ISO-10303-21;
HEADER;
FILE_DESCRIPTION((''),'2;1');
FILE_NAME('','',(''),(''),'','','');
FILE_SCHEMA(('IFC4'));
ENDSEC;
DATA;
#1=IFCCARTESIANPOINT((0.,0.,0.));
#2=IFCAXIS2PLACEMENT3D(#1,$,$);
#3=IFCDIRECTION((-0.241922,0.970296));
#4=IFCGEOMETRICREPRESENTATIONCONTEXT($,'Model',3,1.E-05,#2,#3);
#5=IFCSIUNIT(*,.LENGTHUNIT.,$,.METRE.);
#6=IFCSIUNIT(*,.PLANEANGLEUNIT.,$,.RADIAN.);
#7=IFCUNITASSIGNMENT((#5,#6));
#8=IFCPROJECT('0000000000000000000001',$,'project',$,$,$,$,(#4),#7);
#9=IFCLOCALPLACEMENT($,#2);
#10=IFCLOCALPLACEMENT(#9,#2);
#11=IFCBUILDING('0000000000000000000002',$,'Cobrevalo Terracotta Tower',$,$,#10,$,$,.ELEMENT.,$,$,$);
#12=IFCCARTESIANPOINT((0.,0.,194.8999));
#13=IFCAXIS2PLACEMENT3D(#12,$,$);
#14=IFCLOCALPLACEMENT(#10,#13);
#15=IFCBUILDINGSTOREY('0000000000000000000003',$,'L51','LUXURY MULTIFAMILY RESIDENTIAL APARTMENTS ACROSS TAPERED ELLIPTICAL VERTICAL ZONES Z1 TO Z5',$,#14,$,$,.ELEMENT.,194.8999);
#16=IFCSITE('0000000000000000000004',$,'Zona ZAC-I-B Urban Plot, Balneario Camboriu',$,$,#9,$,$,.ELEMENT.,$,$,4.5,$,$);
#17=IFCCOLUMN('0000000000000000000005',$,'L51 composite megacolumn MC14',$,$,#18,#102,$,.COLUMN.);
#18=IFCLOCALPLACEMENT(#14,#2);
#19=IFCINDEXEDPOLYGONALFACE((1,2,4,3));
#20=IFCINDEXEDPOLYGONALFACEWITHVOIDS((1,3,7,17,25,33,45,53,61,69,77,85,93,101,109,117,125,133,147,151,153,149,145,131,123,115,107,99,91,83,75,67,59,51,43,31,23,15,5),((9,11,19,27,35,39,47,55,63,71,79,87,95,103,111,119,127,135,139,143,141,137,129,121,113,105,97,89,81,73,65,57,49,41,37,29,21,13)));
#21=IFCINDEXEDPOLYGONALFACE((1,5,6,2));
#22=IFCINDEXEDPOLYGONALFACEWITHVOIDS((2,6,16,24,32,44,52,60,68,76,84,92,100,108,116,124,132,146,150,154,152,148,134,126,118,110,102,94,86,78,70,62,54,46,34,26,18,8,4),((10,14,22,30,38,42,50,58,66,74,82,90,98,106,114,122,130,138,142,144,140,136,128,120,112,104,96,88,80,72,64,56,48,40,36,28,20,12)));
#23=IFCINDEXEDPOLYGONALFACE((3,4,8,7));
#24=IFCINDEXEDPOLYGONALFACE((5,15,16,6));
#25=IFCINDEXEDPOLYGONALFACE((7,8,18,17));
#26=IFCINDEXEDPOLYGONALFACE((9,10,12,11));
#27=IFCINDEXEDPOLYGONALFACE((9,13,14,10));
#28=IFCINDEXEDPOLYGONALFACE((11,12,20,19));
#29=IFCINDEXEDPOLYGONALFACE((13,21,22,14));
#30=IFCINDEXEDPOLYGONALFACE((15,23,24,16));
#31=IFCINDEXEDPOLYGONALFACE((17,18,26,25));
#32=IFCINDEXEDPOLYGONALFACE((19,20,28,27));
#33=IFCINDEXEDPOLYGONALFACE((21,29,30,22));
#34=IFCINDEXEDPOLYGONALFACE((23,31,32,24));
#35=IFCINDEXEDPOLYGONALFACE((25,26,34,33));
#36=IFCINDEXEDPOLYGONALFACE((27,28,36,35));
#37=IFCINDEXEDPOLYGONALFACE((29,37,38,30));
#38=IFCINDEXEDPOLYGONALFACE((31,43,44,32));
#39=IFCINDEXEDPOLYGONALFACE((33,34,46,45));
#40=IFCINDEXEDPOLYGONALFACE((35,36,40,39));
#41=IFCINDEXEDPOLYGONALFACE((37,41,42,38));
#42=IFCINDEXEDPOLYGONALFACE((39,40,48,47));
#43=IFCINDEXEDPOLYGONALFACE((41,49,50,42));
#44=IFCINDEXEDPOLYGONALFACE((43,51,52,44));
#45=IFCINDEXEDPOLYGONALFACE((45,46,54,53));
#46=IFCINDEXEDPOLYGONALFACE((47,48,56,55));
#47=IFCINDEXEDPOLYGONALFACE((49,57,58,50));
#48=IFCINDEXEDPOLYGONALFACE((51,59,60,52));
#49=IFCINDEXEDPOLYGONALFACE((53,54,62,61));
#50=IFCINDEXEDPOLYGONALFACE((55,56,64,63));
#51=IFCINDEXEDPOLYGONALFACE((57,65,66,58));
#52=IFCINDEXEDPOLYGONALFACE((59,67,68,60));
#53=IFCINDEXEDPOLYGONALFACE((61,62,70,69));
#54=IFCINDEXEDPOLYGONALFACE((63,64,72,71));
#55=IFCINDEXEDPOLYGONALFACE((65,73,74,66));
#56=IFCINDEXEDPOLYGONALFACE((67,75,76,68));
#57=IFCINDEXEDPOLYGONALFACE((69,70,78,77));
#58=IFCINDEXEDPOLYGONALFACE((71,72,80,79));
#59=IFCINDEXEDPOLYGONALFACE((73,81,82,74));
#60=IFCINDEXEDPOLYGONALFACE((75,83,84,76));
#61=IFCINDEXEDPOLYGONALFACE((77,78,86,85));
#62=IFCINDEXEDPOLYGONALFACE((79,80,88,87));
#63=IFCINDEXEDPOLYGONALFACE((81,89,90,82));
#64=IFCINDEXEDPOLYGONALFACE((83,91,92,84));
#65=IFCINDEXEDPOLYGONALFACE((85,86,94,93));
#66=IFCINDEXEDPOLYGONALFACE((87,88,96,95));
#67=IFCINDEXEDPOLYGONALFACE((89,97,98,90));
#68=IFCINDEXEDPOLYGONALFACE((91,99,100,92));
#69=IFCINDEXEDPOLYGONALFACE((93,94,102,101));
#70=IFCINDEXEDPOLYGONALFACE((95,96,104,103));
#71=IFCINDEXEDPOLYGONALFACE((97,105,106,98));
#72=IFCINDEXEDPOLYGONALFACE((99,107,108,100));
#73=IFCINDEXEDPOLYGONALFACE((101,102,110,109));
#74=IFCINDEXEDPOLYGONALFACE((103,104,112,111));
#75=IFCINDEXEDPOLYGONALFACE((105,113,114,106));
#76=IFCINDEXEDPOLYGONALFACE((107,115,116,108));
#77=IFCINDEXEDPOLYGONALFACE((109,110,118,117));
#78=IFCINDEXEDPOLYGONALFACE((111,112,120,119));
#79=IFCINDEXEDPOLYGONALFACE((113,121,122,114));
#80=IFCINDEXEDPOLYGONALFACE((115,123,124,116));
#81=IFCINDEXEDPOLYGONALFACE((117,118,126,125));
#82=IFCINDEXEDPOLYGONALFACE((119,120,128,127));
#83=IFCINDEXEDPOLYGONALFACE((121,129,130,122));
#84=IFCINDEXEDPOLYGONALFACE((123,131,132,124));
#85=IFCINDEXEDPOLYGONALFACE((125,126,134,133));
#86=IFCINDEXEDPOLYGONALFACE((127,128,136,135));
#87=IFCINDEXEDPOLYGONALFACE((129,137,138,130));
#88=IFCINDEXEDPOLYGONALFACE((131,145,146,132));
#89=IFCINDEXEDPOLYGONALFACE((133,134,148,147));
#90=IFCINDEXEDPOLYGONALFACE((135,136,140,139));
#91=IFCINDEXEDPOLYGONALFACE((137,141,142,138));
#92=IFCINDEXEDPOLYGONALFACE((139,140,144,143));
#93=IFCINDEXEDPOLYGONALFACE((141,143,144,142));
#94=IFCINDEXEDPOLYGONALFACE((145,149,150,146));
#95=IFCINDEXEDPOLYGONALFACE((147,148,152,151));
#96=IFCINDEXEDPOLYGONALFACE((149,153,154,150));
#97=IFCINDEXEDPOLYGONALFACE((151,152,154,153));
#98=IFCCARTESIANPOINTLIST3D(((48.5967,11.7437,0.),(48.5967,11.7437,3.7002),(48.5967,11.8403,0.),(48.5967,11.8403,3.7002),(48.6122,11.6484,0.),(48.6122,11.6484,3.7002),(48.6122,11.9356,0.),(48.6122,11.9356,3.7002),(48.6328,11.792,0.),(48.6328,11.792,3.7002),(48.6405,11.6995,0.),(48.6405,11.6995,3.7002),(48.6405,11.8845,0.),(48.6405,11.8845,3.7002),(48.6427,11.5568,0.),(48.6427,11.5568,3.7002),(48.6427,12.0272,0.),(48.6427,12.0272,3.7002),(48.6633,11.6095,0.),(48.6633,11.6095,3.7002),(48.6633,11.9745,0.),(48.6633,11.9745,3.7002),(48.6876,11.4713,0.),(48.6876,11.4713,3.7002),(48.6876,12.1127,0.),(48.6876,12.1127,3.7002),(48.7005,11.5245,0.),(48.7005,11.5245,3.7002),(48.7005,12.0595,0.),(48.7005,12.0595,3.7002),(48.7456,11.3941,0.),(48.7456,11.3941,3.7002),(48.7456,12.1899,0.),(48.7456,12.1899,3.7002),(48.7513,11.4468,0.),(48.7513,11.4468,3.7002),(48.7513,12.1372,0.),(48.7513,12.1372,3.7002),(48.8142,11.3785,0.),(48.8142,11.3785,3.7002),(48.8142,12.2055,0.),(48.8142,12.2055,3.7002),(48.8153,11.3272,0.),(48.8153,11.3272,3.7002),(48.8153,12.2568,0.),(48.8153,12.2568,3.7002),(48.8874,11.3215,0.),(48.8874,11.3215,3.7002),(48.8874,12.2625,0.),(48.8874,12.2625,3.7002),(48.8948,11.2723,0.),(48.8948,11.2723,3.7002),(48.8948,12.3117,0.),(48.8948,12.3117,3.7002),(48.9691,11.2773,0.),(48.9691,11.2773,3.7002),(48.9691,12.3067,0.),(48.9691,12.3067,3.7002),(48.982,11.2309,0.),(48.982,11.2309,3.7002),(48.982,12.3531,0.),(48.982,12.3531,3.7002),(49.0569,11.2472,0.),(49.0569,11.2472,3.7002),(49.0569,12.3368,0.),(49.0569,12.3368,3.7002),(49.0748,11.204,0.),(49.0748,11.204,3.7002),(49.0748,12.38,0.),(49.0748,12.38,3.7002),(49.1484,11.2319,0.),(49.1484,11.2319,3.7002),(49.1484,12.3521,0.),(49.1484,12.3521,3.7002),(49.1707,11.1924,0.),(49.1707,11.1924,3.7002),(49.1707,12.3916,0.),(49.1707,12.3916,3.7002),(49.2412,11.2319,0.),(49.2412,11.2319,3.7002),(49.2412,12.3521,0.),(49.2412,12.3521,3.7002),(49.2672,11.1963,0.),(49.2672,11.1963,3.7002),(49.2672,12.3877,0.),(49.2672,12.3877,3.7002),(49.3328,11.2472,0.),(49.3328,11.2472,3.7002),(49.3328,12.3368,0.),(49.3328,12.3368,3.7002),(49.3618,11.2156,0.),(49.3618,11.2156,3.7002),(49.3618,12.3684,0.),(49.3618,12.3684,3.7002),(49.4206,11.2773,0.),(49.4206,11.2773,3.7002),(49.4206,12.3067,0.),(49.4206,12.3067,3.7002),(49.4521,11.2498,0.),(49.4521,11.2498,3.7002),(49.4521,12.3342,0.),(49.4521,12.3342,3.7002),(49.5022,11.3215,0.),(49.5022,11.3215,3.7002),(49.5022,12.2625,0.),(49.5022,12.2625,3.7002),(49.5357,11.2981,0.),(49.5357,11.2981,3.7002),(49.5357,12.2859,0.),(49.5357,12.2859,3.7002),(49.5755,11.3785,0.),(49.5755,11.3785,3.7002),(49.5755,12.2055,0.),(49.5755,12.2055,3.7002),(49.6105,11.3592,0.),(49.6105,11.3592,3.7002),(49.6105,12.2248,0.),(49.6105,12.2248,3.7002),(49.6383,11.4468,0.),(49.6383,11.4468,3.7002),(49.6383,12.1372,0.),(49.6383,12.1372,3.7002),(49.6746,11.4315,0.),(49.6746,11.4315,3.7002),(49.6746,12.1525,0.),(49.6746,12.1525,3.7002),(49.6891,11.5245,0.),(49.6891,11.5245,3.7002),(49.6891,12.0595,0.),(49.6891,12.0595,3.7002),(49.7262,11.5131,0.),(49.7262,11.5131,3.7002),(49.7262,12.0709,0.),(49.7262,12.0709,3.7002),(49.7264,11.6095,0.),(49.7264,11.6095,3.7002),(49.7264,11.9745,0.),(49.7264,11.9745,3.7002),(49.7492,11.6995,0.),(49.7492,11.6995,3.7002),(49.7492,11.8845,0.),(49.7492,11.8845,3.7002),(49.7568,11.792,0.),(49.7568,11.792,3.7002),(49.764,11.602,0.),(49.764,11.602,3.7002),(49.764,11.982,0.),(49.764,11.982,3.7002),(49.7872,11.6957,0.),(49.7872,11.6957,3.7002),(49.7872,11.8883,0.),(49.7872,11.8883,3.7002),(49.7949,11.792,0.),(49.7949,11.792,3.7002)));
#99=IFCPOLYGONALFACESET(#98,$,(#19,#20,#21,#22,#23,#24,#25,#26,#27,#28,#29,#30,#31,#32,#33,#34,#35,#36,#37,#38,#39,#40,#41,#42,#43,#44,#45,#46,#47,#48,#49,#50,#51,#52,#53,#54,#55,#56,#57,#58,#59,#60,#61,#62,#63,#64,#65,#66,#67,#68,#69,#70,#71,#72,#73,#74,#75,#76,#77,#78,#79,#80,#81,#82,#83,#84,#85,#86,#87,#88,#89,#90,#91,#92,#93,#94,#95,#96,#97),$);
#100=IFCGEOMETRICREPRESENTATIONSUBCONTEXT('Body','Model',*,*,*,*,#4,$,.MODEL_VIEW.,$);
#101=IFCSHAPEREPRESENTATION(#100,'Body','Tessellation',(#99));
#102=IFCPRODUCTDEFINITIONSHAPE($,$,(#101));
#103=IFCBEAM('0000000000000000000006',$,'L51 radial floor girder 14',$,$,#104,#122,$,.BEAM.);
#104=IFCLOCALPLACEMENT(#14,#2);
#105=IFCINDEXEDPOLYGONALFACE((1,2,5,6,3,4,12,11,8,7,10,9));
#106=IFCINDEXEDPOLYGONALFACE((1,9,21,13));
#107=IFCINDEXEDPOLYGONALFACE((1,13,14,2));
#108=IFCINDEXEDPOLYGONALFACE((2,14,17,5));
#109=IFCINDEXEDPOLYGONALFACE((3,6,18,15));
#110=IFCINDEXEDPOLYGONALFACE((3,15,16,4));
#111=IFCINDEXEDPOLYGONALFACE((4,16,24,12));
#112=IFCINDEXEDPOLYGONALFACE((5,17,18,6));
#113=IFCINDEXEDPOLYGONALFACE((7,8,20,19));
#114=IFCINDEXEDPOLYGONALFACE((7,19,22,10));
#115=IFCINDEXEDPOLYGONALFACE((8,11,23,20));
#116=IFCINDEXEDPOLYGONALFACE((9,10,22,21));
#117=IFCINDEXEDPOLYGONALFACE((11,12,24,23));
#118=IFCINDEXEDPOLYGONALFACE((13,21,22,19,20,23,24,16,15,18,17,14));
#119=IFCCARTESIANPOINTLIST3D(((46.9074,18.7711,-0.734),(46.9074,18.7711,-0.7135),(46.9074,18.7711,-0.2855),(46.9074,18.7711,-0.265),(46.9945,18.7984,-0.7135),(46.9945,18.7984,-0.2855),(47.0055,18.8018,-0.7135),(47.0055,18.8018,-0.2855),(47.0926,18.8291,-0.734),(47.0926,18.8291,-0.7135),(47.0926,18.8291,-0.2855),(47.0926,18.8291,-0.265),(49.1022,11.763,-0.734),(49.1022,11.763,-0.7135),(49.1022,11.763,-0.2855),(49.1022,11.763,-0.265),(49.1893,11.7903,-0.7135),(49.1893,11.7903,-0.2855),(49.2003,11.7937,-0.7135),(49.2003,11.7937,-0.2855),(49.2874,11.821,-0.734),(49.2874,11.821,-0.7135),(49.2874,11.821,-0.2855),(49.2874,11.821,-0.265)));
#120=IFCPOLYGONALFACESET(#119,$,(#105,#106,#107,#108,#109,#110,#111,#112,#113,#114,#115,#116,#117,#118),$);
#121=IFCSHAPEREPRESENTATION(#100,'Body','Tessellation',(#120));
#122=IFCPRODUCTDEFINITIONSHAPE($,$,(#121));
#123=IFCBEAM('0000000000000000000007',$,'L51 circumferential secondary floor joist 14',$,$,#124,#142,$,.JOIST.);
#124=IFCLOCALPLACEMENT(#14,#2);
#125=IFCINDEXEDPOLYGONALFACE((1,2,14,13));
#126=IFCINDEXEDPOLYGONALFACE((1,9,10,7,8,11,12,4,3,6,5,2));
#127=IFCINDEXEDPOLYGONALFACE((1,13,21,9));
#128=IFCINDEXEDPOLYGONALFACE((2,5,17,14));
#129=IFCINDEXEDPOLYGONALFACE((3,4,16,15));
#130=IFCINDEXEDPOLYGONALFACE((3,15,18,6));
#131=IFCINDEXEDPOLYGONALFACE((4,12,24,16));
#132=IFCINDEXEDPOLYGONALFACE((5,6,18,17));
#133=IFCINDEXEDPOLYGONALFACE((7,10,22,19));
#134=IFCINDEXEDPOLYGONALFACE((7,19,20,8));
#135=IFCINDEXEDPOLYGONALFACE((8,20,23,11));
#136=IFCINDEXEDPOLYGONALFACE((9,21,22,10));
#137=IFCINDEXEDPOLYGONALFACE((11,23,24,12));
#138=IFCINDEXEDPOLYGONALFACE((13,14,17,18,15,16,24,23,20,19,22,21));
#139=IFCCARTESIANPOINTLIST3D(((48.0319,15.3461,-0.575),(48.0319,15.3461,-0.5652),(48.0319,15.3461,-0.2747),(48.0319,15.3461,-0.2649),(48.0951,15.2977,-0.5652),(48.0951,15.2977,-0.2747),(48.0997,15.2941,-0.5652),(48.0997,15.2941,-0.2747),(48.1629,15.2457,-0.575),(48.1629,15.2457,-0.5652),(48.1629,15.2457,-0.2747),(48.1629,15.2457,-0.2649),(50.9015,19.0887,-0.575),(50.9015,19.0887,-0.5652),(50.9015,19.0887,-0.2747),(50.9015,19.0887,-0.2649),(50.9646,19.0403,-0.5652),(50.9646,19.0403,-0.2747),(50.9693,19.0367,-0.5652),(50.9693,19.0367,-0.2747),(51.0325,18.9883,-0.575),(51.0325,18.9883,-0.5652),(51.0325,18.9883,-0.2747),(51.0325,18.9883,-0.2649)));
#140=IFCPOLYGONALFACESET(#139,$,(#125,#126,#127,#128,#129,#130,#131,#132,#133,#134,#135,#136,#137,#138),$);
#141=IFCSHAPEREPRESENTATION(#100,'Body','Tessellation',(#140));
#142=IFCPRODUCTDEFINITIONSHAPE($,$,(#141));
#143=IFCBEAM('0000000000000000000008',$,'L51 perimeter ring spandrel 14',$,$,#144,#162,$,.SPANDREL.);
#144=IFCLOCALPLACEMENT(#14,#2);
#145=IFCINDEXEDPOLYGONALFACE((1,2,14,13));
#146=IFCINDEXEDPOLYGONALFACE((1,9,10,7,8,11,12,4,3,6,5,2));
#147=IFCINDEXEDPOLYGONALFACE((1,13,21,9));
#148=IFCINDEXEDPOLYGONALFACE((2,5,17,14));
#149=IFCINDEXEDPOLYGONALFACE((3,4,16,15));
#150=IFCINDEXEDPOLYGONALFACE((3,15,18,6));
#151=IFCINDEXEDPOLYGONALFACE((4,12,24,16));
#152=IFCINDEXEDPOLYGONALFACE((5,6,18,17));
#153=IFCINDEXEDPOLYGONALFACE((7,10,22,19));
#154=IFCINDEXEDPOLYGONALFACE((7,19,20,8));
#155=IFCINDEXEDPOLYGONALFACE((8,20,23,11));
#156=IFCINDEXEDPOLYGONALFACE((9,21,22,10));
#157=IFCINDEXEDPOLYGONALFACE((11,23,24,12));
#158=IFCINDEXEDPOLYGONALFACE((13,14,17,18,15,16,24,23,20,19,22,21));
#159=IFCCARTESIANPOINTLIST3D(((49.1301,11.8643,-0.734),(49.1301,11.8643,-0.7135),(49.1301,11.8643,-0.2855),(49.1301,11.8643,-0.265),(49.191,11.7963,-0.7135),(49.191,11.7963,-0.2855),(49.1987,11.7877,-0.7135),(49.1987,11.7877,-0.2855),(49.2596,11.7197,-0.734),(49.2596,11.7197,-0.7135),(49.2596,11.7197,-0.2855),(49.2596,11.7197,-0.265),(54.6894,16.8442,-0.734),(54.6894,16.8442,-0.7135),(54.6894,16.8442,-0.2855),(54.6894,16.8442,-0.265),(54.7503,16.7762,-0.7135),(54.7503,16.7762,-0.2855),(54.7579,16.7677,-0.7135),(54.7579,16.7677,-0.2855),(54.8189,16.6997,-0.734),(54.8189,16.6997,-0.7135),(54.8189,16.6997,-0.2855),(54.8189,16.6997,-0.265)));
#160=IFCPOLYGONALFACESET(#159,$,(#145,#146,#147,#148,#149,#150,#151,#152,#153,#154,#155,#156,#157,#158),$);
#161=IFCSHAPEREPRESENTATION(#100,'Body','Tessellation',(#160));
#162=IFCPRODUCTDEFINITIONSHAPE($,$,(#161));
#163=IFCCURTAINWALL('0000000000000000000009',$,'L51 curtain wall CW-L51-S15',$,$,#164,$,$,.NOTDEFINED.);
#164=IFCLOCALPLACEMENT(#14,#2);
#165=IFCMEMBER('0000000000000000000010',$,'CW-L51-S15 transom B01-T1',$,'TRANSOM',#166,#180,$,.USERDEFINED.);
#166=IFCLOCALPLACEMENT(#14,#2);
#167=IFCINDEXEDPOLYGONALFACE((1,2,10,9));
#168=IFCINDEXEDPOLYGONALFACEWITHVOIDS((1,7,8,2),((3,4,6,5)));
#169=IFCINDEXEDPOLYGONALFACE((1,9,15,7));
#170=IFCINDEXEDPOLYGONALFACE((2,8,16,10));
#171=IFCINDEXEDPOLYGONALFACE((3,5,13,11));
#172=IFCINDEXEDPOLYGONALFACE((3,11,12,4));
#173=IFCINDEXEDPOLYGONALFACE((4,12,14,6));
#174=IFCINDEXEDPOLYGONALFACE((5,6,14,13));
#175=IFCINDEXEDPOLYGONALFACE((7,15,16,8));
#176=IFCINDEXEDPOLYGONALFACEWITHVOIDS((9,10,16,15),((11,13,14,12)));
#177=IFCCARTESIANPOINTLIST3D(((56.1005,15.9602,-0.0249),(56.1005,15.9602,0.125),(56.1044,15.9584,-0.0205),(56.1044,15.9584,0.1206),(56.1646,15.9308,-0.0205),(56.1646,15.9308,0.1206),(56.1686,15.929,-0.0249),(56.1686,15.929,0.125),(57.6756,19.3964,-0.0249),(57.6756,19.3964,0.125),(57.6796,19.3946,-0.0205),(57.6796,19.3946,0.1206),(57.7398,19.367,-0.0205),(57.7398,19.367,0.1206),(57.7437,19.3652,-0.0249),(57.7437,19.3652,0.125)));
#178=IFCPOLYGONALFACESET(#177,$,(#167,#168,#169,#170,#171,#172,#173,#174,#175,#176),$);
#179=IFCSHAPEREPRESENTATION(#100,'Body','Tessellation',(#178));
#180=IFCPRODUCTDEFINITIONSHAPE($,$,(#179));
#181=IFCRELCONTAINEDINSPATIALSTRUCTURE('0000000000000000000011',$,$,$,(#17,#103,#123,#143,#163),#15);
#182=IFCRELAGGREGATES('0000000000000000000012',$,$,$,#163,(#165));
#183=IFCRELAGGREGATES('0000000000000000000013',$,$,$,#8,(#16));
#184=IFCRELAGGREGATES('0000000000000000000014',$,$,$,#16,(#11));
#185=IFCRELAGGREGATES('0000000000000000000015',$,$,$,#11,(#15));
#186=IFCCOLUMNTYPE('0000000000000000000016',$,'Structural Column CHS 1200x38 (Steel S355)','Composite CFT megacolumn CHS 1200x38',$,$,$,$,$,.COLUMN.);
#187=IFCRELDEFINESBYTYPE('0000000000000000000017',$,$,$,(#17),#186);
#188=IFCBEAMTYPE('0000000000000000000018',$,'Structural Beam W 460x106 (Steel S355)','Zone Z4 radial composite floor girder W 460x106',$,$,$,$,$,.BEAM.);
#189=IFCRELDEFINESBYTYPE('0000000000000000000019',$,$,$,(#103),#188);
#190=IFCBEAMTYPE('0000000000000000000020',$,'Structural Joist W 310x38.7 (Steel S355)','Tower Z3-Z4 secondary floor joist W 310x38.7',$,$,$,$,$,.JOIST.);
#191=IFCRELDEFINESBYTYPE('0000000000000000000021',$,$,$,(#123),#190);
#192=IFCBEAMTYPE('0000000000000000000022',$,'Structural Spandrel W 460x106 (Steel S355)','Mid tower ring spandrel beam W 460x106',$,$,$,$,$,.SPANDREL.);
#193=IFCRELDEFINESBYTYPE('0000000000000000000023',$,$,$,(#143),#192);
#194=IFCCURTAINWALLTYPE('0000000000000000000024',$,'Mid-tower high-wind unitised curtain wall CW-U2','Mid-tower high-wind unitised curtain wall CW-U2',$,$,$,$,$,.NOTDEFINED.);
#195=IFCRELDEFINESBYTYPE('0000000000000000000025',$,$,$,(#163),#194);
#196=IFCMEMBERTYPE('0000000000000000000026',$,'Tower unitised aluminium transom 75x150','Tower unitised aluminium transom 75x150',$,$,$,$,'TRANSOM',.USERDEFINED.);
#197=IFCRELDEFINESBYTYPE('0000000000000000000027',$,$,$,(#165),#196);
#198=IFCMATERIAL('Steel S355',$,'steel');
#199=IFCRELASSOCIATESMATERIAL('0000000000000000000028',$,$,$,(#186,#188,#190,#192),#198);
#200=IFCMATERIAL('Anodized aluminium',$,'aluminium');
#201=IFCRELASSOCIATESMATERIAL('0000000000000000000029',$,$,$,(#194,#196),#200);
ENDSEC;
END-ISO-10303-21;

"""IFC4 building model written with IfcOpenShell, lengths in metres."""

from ifc_helpers import new_model, si_unit, direction, frame, origin, origin_2d, place, context, subcontext, project, spatial, hollow_rectangle, hollow_circle, i_section, extrude, source, transform, mapped, material, material_profile, profile_set, type_object, element, aggregate, save


model = new_model("IFC4")

# Units and contexts
model_context = context("Model", 3, precision=1e-05, world=origin(), true_north=direction((-0.241922, 0.970296)))
body_context = subcontext(model_context, "Body", "Model", "MODEL_VIEW")
ifc_project = project(units=[si_unit("LENGTHUNIT", "METRE"), si_unit("PLANEANGLEUNIT", "RADIAN")], contexts=[model_context])

# Site, building, storey
site_placement = place(None, origin())
site = spatial("IfcSite", under=ifc_project, at=site_placement, Name="Zona ZAC-I-B Urban Plot, Balneario Camboriu", CompositionType="ELEMENT", RefElevation=4.5)
building_placement = place(site_placement, origin())
building = spatial("IfcBuilding", under=site, at=building_placement, Name="Cobrevalo Terracotta Tower", CompositionType="ELEMENT")
storey_placement = place(building_placement, frame((0.0, 0.0, 194.8999)))
storey = spatial("IfcBuildingStorey", under=building, at=storey_placement, Name="L51", Description="LUXURY MULTIFAMILY RESIDENTIAL APARTMENTS ACROSS TAPERED ELLIPTICAL VERTICAL ZONES Z1 TO Z5", CompositionType="ELEMENT", Elevation=194.8999)

# Column
ifc_material_1 = material(Name="Steel S355", Category="steel")
ifc_material_profile_1 = material_profile(ifc_material_1, hollow_circle(Radius=0.6001, WallThickness=0.0381, at=origin_2d()), Name="CHS 1200x38")
ifc_profile_set_1 = profile_set([ifc_material_profile_1], Name="Steel S355")
column_type = type_object("IfcColumnType", Name="Structural Column CHS 1200x38 (Steel S355)", Description="Composite CFT megacolumn CHS 1200x38", PredefinedType="COLUMN", material=ifc_profile_set_1)
column_placement = place(storey_placement, frame((49.1948, 11.792, 0.0), z_axis=(0.0, 0.0, 1.0), x_axis=(1.0, 0.0, 0.0)))
element("IfcColumn", 1, at=column_placement, inside=storey, type_object=column_type, Name="L51 composite megacolumn MC14", PredefinedType="COLUMN", context=body_context, shape_type="SweptSolid", body=[
    extrude(hollow_circle(Radius=0.6001, WallThickness=0.0381, at=origin_2d()), origin(), (0.0, 0.0, 1.0), 3.7002),
])

# Beams
ifc_material_profile_2 = material_profile(ifc_material_1, i_section(OverallWidth=0.1941, OverallDepth=0.469, WebThickness=0.0115, FlangeThickness=0.0205, at=origin_2d()), Name="W 460x106")
ifc_profile_set_2 = profile_set([ifc_material_profile_2], Name="Steel S355")
beam_type_1 = type_object("IfcBeamType", Name="Structural Beam W 460x106 (Steel S355)", Description="Zone Z4 radial composite floor girder W 460x106", PredefinedType="BEAM", material=ifc_profile_set_2)
beam_1_placement = place(storey_placement, frame((49.1948, 11.792, -0.4995), z_axis=(-0.298871, 0.954293, 0.0), x_axis=(-0.954293, -0.298871, 0.0)))
element("IfcBeam", 2, at=beam_1_placement, inside=storey, type_object=beam_type_1, Name="L51 radial floor girder 14", PredefinedType="BEAM", context=body_context, shape_type="SweptSolid", body=[
    extrude(i_section(OverallWidth=0.1941, OverallDepth=0.469, WebThickness=0.0115, FlangeThickness=0.0205, at=origin_2d()), origin(), (0.0, 0.0, 1.0), 7.3438),
])
ifc_material_profile_3 = material_profile(ifc_material_1, i_section(OverallWidth=0.165, OverallDepth=0.3101, WebThickness=0.0059, FlangeThickness=0.0098, at=origin_2d()), Name="W 310x38.7")
ifc_profile_set_3 = profile_set([ifc_material_profile_3], Name="Steel S355")
beam_type_2 = type_object("IfcBeamType", Name="Structural Joist W 310x38.7 (Steel S355)", Description="Tower Z3-Z4 secondary floor joist W 310x38.7", PredefinedType="JOIST", material=ifc_profile_set_3)
beam_2_placement = place(storey_placement, frame((48.0974, 15.2959, -0.4199), z_axis=(0.608464, 0.793581, 0.0), x_axis=(-0.793581, 0.608464, 0.0)))
element("IfcBeam", 3, at=beam_2_placement, inside=storey, type_object=beam_type_2, Name="L51 circumferential secondary floor joist 14", PredefinedType="JOIST", context=body_context, shape_type="SweptSolid", body=[
    extrude(i_section(OverallWidth=0.165, OverallDepth=0.3101, WebThickness=0.0059, FlangeThickness=0.0098, at=origin_2d()), origin(), (0.0, 0.0, 1.0), 4.7161),
])
ifc_material_profile_4 = material_profile(ifc_material_1, i_section(OverallWidth=0.1941, OverallDepth=0.469, WebThickness=0.0115, FlangeThickness=0.0205, at=origin_2d()), Name="W 460x106")
ifc_profile_set_4 = profile_set([ifc_material_profile_4], Name="Steel S355")
beam_type_3 = type_object("IfcBeamType", Name="Structural Spandrel W 460x106 (Steel S355)", Description="Mid tower ring spandrel beam W 460x106", PredefinedType="SPANDREL", material=ifc_profile_set_4)
beam_3_placement = place(storey_placement, frame((49.1948, 11.792, -0.4995), z_axis=(0.744852, 0.66723, 0.0), x_axis=(-0.66723, 0.744852, 0.0)))
element("IfcBeam", 4, at=beam_3_placement, inside=storey, type_object=beam_type_3, Name="L51 perimeter ring spandrel 14", PredefinedType="SPANDREL", context=body_context, shape_type="SweptSolid", body=[
    extrude(i_section(OverallWidth=0.1941, OverallDepth=0.469, WebThickness=0.0115, FlangeThickness=0.0205, at=origin_2d()), origin(), (0.0, 0.0, 1.0), 7.4636),
])

# Curtain wall, member
ifc_material_2 = material(Name="Anodized aluminium", Category="aluminium")
curtain_wall_type = type_object("IfcCurtainWallType", Name="Mid-tower high-wind unitised curtain wall CW-U2", Description="Mid-tower high-wind unitised curtain wall CW-U2", PredefinedType="NOTDEFINED", material=ifc_material_2)
curtain_wall_1_placement = place(storey_placement, origin())
curtain_wall_1 = element("IfcCurtainWall", 5, at=curtain_wall_1_placement, inside=storey, type_object=curtain_wall_type, Name="L51 curtain wall CW-L51-S15", PredefinedType="NOTDEFINED")
ifc_material_profile_5 = material_profile(ifc_material_2, hollow_rectangle(XDim=0.075, YDim=0.1499, WallThickness=0.0044, at=origin_2d()), Name="CWT 75x150")
ifc_profile_set_5 = profile_set([ifc_material_profile_5], Name="Anodized aluminium")
member_type_1 = type_object("IfcMemberType", Name="Tower unitised aluminium transom 75x150", Description="Tower unitised aluminium transom 75x150", ElementType="TRANSOM", PredefinedType="USERDEFINED", material=ifc_profile_set_5)
shared_shape_1 = source(origin(), body_context, "Body", "SweptSolid", [
    extrude(hollow_rectangle(XDim=0.075, YDim=0.1499, WallThickness=0.0044, at=origin_2d()), origin(), (0.0, 0.0, 1.0), 3.78),
])
member_1_placement = place(storey_placement, frame((56.1345, 15.9446, 0.05), z_axis=(0.416706, 0.909041, 0.0), x_axis=(-0.909041, 0.416706, 0.0)))
member_1 = element("IfcMember", 6, at=member_1_placement, type_object=member_type_1, Name="CW-L51-S15 transom B01-T1", ObjectType="TRANSOM", PredefinedType="USERDEFINED", context=body_context, shape_type="MappedRepresentation", body=[
    mapped(shared_shape_1, transform((0.0, 0.0, 0.0), scale=1.0)),
])

aggregate(curtain_wall_1, [member_1])

save(model, "model.ifc")
